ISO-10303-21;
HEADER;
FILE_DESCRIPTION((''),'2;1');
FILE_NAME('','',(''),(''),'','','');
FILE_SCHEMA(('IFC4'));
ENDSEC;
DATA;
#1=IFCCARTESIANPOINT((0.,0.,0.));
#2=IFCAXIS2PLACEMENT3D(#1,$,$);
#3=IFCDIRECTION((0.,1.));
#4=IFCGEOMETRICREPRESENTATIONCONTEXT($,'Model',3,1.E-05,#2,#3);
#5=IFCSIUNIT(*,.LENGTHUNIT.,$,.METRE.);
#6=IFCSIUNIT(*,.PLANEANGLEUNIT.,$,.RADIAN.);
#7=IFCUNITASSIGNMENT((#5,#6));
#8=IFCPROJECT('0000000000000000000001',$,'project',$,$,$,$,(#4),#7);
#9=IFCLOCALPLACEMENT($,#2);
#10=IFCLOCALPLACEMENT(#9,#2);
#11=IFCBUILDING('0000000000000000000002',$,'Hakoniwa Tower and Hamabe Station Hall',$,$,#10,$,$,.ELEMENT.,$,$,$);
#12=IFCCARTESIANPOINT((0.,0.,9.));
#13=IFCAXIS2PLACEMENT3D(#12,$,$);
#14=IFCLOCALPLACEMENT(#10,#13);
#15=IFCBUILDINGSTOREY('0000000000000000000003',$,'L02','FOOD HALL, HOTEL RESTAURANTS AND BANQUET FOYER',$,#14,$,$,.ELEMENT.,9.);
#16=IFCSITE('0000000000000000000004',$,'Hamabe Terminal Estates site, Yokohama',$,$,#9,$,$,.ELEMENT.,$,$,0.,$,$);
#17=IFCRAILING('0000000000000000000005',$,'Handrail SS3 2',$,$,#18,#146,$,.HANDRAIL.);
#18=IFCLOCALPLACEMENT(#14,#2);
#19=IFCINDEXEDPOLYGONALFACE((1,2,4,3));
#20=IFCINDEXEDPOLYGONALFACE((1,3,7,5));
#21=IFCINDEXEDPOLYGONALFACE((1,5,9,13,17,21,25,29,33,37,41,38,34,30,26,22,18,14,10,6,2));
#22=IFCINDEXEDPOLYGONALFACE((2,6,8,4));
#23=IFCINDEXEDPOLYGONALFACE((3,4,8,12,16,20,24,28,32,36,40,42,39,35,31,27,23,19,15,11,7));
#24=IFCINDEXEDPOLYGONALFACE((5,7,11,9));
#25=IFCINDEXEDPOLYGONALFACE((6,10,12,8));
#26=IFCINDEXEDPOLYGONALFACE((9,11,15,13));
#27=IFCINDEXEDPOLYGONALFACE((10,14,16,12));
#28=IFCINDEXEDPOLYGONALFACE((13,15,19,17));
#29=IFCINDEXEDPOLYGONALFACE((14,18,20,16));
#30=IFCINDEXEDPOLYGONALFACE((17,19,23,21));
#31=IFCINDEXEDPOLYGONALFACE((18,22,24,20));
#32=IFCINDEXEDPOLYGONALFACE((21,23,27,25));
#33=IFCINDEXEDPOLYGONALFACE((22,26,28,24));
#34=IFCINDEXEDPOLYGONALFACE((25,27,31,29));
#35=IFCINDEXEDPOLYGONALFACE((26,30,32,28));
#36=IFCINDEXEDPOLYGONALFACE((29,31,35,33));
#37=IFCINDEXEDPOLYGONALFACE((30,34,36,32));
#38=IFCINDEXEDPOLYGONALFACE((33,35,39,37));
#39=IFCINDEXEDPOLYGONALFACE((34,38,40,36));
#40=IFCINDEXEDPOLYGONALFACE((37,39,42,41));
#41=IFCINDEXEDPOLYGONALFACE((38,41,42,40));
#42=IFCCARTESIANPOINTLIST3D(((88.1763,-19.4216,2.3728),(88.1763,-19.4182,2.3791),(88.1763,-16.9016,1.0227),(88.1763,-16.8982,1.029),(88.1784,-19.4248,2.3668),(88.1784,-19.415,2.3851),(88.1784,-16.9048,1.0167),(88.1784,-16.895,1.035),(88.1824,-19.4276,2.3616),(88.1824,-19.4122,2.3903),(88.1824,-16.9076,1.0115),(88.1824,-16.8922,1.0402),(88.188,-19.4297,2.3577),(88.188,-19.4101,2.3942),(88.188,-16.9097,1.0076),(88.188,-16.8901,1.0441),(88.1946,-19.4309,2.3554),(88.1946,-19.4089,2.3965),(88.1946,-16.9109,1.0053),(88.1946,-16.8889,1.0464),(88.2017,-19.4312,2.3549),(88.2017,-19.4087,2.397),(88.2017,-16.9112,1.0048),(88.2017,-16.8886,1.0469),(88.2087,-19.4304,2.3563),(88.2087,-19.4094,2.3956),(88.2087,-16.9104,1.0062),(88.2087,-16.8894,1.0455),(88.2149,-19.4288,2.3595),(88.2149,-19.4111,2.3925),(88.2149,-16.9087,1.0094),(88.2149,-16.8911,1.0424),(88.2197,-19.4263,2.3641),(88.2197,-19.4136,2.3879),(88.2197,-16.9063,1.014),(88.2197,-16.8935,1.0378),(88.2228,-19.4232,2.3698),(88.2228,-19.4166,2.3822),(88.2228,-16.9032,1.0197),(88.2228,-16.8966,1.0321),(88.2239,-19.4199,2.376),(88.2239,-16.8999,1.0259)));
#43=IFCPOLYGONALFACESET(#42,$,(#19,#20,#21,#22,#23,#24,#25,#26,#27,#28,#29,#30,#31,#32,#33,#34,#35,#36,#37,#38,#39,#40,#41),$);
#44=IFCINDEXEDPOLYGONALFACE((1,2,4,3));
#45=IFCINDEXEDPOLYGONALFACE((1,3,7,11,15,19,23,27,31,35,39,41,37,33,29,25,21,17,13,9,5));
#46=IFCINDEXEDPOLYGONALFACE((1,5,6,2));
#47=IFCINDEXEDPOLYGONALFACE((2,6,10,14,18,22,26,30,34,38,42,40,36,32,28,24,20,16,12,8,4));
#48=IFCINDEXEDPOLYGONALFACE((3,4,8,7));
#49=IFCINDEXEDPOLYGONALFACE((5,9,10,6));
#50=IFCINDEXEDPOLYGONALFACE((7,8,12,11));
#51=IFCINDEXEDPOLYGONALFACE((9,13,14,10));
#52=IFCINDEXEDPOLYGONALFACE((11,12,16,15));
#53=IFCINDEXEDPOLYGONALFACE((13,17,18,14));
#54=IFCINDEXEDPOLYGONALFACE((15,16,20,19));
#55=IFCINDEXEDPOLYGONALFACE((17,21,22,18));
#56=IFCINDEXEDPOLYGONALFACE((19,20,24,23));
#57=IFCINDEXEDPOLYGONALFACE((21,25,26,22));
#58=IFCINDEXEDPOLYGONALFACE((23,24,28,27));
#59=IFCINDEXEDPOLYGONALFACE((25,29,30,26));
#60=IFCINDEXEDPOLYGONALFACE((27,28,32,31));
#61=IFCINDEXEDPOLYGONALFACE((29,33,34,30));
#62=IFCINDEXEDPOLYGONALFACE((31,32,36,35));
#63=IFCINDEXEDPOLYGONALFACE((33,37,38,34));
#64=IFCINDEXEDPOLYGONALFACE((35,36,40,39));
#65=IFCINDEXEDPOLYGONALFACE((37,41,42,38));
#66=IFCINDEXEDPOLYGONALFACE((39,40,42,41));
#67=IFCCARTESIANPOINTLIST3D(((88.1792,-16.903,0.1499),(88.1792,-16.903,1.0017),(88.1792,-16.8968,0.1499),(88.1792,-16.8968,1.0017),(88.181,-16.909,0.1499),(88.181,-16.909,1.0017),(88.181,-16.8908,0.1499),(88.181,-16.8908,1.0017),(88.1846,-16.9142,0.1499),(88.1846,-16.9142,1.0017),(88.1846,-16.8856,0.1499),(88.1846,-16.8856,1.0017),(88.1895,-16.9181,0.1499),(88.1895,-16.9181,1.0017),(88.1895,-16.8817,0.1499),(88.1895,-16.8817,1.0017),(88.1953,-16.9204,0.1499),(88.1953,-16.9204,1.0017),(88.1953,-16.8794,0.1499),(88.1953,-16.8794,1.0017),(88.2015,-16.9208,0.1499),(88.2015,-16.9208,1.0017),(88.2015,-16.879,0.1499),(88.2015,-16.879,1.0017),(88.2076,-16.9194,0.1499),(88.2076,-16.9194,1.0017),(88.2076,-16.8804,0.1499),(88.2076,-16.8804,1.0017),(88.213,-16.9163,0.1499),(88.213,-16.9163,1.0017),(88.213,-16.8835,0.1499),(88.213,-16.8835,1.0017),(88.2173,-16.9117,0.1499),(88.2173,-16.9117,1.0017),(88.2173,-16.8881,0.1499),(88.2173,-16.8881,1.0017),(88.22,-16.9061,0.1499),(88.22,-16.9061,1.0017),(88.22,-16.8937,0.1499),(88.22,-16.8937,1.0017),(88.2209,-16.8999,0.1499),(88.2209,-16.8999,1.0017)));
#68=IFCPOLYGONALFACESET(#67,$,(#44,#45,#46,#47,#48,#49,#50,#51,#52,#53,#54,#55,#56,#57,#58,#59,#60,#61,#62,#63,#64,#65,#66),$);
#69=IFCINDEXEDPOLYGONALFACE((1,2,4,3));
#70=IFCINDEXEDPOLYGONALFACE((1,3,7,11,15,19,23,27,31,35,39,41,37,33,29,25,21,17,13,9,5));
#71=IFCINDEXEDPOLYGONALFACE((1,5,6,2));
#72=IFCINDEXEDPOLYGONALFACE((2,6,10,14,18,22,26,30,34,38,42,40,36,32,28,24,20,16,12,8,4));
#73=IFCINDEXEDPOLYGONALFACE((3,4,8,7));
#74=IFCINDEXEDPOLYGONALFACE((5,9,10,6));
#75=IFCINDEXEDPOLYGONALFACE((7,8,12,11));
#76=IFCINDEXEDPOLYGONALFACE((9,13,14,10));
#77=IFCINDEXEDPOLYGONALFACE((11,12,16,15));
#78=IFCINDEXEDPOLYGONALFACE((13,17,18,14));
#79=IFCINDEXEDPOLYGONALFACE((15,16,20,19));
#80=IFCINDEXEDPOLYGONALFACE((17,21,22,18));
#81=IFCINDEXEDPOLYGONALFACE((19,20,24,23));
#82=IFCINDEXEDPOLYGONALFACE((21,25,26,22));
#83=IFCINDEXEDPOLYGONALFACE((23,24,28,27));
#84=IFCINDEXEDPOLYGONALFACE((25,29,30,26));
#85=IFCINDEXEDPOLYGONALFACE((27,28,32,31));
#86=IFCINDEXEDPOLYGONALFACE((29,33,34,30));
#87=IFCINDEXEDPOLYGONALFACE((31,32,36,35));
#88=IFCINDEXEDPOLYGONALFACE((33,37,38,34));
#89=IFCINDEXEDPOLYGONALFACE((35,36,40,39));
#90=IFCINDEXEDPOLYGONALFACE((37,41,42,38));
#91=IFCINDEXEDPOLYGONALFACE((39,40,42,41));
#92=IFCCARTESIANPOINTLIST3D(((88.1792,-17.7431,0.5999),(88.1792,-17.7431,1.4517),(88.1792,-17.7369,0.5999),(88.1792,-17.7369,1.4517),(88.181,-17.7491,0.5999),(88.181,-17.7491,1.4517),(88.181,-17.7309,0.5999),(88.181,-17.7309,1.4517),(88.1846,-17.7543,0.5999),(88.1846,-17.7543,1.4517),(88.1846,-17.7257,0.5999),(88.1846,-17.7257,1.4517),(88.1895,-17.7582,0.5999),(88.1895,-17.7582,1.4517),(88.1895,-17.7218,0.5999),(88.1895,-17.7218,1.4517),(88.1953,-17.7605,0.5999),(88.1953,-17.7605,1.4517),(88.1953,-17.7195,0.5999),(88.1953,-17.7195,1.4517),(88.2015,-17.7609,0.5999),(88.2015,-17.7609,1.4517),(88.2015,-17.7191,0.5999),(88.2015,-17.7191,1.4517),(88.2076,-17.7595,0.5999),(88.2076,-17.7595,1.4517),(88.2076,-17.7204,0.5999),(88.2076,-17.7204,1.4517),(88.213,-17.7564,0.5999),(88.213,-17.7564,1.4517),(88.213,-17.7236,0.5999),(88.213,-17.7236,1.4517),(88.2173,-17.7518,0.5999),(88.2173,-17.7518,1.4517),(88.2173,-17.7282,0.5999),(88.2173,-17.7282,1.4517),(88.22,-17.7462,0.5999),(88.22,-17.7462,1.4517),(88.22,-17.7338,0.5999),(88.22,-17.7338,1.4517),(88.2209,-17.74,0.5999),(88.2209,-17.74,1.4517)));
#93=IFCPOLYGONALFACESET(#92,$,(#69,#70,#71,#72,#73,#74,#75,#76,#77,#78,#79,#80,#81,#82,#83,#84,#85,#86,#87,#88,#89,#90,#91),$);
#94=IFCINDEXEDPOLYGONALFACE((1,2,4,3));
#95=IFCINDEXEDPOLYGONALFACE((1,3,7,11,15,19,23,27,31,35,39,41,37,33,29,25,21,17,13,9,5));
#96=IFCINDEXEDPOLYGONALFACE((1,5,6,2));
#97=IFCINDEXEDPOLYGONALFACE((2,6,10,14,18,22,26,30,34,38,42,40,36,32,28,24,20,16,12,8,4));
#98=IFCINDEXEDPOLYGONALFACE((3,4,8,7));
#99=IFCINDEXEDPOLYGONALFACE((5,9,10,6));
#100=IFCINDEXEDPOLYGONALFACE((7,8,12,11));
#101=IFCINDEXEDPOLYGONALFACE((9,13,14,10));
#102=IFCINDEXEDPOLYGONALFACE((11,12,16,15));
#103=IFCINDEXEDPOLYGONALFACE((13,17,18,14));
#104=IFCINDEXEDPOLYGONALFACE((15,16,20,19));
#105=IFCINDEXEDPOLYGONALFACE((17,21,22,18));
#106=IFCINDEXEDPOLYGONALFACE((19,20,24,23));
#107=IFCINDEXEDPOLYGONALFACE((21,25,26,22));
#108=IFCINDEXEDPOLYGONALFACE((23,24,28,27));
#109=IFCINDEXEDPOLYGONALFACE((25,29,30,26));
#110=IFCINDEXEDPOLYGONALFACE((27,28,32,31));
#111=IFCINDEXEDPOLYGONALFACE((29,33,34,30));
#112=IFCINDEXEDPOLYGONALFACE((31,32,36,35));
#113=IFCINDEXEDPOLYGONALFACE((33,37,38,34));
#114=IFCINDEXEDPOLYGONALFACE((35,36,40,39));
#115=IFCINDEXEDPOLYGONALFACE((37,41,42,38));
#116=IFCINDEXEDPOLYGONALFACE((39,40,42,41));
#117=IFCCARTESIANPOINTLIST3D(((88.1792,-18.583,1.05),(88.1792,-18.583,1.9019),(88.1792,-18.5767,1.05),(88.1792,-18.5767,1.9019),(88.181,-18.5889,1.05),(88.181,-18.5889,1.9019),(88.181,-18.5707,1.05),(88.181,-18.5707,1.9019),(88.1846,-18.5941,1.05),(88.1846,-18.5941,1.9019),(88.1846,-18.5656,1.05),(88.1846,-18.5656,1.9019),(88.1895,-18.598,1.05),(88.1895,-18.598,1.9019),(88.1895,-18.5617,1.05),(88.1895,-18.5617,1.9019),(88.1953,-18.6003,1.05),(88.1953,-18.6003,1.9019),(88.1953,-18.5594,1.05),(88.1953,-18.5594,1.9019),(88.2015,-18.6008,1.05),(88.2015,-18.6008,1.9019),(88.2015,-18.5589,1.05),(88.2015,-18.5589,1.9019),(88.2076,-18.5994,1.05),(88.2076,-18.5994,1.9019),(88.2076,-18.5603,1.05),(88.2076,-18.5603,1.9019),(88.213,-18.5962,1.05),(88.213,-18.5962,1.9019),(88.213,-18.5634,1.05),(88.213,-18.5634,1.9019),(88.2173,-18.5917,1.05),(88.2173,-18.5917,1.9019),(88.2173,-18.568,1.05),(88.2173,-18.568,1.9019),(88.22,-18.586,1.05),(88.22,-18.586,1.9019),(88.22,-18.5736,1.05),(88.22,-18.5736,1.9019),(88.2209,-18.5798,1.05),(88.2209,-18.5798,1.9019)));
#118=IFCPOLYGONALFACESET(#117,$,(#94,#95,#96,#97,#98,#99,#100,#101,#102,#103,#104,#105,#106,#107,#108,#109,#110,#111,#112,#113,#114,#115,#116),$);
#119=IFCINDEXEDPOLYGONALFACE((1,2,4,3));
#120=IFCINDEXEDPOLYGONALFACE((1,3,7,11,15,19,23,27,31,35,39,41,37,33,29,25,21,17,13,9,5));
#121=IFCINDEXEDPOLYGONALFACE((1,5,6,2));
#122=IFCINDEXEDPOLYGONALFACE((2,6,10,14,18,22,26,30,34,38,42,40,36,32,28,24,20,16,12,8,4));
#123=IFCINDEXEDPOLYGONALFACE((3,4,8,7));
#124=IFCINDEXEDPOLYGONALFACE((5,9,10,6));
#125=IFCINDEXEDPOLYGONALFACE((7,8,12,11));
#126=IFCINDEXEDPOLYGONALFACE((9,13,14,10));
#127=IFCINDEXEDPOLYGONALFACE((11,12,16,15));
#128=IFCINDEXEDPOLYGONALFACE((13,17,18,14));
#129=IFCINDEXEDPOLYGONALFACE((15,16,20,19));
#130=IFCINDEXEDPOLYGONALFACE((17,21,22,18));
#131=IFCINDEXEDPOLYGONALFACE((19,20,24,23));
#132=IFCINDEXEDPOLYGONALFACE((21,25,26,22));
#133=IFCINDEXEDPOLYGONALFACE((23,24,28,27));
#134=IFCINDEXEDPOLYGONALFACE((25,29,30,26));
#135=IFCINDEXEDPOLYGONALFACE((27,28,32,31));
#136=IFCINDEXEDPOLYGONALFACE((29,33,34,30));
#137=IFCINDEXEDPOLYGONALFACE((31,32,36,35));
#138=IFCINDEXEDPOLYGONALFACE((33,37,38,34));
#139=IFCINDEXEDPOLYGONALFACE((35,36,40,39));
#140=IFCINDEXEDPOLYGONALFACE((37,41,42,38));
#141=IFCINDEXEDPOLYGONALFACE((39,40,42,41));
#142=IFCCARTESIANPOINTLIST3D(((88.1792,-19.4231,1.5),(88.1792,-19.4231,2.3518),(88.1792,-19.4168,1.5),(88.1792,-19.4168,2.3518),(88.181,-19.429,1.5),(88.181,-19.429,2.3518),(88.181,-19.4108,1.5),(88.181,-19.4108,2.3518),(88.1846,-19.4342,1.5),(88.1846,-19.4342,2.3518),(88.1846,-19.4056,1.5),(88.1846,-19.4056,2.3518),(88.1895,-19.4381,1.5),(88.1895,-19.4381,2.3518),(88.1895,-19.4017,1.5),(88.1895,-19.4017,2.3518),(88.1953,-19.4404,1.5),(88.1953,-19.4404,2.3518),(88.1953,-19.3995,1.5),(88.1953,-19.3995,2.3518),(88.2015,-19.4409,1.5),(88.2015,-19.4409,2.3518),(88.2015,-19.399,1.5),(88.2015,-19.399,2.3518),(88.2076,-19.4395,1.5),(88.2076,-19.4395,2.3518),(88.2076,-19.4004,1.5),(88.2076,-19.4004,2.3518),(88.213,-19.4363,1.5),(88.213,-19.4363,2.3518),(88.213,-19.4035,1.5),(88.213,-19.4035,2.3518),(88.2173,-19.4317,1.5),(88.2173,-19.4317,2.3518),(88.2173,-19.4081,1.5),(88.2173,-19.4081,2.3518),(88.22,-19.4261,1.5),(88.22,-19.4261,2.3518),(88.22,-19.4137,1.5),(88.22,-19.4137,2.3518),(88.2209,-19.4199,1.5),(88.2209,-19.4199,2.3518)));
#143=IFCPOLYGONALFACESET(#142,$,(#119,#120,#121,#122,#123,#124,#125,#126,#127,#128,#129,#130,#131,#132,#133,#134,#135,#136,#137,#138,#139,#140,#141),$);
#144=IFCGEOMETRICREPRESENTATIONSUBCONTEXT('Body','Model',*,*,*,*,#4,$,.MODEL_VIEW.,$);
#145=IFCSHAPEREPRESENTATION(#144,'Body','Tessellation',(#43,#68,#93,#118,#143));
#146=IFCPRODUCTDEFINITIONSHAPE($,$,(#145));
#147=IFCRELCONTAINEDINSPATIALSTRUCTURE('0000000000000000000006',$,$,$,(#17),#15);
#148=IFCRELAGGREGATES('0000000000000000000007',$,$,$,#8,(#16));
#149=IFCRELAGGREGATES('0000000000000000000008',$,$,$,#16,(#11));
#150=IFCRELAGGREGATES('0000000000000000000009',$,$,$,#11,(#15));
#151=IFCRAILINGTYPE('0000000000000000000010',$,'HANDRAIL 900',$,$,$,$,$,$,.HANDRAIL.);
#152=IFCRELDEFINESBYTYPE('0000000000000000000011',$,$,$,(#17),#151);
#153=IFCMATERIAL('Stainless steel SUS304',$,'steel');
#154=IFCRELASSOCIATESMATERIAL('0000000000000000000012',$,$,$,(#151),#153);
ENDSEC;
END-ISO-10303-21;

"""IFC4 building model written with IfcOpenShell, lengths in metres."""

from ifc_helpers import new_model, si_unit, direction, frame, origin, origin_2d, place, context, subcontext, project, spatial, circle, extrude, material, type_object, element, save


model = new_model("IFC4")

# Units and contexts
model_context = context("Model", 3, precision=1e-05, world=origin(), true_north=direction((0.0, 1.0)))
body_context = subcontext(model_context, "Body", "Model", "MODEL_VIEW")
ifc_project = project(units=[si_unit("LENGTHUNIT", "METRE"), si_unit("PLANEANGLEUNIT", "RADIAN")], contexts=[model_context])

# Site, building, storey
site_placement = place(None, origin())
site = spatial("IfcSite", under=ifc_project, at=site_placement, Name="Hamabe Terminal Estates site, Yokohama", CompositionType="ELEMENT", RefElevation=0.0)
building_placement = place(site_placement, origin())
building = spatial("IfcBuilding", under=site, at=building_placement, Name="Hakoniwa Tower and Hamabe Station Hall", CompositionType="ELEMENT")
storey_placement = place(building_placement, frame((0.0, 0.0, 9.0)))
storey = spatial("IfcBuildingStorey", under=building, at=storey_placement, Name="L02", Description="FOOD HALL, HOTEL RESTAURANTS AND BANQUET FOYER", CompositionType="ELEMENT", Elevation=9.0)

# Railing
ifc_material_1 = material(Name="Stainless steel SUS304", Category="steel")
railing_type_1 = type_object("IfcRailingType", Name="HANDRAIL 900", PredefinedType="HANDRAIL", material=ifc_material_1)
for number, where, name in (
    (1, (88.2, -16.8999, 0.1499), "Handrail SS3 2"),
):
    element("IfcRailing", number, at=place(storey_placement, frame(where)), inside=storey, type_object=railing_type_1, Name=name, PredefinedType="HANDRAIL", context=body_context, shape_type="SweptSolid", body=[
        extrude(circle(Radius=0.0239, at=origin_2d()), frame((0.0, 0.0, 0.876), z_axis=(0.0, -0.881467, 0.472245), x_axis=(1.0, 0.0, 0.0)), (0.0, 0.0, 1.0), 2.8589),
        extrude(circle(Radius=0.021, at=origin_2d()), origin(), (0.0, 0.0, 1.0), 0.8518),
        extrude(circle(Radius=0.021, at=origin_2d()), frame((0.0, -0.8401, 0.45)), (0.0, 0.0, 1.0), 0.8518),
        extrude(circle(Radius=0.021, at=origin_2d()), frame((0.0, -1.6799, 0.9001)), (0.0, 0.0, 1.0), 0.8518),
        extrude(circle(Radius=0.021, at=origin_2d()), frame((0.0, -2.52, 1.3501)), (0.0, 0.0, 1.0), 0.8518),
    ])

save(model, "model.ifc")
